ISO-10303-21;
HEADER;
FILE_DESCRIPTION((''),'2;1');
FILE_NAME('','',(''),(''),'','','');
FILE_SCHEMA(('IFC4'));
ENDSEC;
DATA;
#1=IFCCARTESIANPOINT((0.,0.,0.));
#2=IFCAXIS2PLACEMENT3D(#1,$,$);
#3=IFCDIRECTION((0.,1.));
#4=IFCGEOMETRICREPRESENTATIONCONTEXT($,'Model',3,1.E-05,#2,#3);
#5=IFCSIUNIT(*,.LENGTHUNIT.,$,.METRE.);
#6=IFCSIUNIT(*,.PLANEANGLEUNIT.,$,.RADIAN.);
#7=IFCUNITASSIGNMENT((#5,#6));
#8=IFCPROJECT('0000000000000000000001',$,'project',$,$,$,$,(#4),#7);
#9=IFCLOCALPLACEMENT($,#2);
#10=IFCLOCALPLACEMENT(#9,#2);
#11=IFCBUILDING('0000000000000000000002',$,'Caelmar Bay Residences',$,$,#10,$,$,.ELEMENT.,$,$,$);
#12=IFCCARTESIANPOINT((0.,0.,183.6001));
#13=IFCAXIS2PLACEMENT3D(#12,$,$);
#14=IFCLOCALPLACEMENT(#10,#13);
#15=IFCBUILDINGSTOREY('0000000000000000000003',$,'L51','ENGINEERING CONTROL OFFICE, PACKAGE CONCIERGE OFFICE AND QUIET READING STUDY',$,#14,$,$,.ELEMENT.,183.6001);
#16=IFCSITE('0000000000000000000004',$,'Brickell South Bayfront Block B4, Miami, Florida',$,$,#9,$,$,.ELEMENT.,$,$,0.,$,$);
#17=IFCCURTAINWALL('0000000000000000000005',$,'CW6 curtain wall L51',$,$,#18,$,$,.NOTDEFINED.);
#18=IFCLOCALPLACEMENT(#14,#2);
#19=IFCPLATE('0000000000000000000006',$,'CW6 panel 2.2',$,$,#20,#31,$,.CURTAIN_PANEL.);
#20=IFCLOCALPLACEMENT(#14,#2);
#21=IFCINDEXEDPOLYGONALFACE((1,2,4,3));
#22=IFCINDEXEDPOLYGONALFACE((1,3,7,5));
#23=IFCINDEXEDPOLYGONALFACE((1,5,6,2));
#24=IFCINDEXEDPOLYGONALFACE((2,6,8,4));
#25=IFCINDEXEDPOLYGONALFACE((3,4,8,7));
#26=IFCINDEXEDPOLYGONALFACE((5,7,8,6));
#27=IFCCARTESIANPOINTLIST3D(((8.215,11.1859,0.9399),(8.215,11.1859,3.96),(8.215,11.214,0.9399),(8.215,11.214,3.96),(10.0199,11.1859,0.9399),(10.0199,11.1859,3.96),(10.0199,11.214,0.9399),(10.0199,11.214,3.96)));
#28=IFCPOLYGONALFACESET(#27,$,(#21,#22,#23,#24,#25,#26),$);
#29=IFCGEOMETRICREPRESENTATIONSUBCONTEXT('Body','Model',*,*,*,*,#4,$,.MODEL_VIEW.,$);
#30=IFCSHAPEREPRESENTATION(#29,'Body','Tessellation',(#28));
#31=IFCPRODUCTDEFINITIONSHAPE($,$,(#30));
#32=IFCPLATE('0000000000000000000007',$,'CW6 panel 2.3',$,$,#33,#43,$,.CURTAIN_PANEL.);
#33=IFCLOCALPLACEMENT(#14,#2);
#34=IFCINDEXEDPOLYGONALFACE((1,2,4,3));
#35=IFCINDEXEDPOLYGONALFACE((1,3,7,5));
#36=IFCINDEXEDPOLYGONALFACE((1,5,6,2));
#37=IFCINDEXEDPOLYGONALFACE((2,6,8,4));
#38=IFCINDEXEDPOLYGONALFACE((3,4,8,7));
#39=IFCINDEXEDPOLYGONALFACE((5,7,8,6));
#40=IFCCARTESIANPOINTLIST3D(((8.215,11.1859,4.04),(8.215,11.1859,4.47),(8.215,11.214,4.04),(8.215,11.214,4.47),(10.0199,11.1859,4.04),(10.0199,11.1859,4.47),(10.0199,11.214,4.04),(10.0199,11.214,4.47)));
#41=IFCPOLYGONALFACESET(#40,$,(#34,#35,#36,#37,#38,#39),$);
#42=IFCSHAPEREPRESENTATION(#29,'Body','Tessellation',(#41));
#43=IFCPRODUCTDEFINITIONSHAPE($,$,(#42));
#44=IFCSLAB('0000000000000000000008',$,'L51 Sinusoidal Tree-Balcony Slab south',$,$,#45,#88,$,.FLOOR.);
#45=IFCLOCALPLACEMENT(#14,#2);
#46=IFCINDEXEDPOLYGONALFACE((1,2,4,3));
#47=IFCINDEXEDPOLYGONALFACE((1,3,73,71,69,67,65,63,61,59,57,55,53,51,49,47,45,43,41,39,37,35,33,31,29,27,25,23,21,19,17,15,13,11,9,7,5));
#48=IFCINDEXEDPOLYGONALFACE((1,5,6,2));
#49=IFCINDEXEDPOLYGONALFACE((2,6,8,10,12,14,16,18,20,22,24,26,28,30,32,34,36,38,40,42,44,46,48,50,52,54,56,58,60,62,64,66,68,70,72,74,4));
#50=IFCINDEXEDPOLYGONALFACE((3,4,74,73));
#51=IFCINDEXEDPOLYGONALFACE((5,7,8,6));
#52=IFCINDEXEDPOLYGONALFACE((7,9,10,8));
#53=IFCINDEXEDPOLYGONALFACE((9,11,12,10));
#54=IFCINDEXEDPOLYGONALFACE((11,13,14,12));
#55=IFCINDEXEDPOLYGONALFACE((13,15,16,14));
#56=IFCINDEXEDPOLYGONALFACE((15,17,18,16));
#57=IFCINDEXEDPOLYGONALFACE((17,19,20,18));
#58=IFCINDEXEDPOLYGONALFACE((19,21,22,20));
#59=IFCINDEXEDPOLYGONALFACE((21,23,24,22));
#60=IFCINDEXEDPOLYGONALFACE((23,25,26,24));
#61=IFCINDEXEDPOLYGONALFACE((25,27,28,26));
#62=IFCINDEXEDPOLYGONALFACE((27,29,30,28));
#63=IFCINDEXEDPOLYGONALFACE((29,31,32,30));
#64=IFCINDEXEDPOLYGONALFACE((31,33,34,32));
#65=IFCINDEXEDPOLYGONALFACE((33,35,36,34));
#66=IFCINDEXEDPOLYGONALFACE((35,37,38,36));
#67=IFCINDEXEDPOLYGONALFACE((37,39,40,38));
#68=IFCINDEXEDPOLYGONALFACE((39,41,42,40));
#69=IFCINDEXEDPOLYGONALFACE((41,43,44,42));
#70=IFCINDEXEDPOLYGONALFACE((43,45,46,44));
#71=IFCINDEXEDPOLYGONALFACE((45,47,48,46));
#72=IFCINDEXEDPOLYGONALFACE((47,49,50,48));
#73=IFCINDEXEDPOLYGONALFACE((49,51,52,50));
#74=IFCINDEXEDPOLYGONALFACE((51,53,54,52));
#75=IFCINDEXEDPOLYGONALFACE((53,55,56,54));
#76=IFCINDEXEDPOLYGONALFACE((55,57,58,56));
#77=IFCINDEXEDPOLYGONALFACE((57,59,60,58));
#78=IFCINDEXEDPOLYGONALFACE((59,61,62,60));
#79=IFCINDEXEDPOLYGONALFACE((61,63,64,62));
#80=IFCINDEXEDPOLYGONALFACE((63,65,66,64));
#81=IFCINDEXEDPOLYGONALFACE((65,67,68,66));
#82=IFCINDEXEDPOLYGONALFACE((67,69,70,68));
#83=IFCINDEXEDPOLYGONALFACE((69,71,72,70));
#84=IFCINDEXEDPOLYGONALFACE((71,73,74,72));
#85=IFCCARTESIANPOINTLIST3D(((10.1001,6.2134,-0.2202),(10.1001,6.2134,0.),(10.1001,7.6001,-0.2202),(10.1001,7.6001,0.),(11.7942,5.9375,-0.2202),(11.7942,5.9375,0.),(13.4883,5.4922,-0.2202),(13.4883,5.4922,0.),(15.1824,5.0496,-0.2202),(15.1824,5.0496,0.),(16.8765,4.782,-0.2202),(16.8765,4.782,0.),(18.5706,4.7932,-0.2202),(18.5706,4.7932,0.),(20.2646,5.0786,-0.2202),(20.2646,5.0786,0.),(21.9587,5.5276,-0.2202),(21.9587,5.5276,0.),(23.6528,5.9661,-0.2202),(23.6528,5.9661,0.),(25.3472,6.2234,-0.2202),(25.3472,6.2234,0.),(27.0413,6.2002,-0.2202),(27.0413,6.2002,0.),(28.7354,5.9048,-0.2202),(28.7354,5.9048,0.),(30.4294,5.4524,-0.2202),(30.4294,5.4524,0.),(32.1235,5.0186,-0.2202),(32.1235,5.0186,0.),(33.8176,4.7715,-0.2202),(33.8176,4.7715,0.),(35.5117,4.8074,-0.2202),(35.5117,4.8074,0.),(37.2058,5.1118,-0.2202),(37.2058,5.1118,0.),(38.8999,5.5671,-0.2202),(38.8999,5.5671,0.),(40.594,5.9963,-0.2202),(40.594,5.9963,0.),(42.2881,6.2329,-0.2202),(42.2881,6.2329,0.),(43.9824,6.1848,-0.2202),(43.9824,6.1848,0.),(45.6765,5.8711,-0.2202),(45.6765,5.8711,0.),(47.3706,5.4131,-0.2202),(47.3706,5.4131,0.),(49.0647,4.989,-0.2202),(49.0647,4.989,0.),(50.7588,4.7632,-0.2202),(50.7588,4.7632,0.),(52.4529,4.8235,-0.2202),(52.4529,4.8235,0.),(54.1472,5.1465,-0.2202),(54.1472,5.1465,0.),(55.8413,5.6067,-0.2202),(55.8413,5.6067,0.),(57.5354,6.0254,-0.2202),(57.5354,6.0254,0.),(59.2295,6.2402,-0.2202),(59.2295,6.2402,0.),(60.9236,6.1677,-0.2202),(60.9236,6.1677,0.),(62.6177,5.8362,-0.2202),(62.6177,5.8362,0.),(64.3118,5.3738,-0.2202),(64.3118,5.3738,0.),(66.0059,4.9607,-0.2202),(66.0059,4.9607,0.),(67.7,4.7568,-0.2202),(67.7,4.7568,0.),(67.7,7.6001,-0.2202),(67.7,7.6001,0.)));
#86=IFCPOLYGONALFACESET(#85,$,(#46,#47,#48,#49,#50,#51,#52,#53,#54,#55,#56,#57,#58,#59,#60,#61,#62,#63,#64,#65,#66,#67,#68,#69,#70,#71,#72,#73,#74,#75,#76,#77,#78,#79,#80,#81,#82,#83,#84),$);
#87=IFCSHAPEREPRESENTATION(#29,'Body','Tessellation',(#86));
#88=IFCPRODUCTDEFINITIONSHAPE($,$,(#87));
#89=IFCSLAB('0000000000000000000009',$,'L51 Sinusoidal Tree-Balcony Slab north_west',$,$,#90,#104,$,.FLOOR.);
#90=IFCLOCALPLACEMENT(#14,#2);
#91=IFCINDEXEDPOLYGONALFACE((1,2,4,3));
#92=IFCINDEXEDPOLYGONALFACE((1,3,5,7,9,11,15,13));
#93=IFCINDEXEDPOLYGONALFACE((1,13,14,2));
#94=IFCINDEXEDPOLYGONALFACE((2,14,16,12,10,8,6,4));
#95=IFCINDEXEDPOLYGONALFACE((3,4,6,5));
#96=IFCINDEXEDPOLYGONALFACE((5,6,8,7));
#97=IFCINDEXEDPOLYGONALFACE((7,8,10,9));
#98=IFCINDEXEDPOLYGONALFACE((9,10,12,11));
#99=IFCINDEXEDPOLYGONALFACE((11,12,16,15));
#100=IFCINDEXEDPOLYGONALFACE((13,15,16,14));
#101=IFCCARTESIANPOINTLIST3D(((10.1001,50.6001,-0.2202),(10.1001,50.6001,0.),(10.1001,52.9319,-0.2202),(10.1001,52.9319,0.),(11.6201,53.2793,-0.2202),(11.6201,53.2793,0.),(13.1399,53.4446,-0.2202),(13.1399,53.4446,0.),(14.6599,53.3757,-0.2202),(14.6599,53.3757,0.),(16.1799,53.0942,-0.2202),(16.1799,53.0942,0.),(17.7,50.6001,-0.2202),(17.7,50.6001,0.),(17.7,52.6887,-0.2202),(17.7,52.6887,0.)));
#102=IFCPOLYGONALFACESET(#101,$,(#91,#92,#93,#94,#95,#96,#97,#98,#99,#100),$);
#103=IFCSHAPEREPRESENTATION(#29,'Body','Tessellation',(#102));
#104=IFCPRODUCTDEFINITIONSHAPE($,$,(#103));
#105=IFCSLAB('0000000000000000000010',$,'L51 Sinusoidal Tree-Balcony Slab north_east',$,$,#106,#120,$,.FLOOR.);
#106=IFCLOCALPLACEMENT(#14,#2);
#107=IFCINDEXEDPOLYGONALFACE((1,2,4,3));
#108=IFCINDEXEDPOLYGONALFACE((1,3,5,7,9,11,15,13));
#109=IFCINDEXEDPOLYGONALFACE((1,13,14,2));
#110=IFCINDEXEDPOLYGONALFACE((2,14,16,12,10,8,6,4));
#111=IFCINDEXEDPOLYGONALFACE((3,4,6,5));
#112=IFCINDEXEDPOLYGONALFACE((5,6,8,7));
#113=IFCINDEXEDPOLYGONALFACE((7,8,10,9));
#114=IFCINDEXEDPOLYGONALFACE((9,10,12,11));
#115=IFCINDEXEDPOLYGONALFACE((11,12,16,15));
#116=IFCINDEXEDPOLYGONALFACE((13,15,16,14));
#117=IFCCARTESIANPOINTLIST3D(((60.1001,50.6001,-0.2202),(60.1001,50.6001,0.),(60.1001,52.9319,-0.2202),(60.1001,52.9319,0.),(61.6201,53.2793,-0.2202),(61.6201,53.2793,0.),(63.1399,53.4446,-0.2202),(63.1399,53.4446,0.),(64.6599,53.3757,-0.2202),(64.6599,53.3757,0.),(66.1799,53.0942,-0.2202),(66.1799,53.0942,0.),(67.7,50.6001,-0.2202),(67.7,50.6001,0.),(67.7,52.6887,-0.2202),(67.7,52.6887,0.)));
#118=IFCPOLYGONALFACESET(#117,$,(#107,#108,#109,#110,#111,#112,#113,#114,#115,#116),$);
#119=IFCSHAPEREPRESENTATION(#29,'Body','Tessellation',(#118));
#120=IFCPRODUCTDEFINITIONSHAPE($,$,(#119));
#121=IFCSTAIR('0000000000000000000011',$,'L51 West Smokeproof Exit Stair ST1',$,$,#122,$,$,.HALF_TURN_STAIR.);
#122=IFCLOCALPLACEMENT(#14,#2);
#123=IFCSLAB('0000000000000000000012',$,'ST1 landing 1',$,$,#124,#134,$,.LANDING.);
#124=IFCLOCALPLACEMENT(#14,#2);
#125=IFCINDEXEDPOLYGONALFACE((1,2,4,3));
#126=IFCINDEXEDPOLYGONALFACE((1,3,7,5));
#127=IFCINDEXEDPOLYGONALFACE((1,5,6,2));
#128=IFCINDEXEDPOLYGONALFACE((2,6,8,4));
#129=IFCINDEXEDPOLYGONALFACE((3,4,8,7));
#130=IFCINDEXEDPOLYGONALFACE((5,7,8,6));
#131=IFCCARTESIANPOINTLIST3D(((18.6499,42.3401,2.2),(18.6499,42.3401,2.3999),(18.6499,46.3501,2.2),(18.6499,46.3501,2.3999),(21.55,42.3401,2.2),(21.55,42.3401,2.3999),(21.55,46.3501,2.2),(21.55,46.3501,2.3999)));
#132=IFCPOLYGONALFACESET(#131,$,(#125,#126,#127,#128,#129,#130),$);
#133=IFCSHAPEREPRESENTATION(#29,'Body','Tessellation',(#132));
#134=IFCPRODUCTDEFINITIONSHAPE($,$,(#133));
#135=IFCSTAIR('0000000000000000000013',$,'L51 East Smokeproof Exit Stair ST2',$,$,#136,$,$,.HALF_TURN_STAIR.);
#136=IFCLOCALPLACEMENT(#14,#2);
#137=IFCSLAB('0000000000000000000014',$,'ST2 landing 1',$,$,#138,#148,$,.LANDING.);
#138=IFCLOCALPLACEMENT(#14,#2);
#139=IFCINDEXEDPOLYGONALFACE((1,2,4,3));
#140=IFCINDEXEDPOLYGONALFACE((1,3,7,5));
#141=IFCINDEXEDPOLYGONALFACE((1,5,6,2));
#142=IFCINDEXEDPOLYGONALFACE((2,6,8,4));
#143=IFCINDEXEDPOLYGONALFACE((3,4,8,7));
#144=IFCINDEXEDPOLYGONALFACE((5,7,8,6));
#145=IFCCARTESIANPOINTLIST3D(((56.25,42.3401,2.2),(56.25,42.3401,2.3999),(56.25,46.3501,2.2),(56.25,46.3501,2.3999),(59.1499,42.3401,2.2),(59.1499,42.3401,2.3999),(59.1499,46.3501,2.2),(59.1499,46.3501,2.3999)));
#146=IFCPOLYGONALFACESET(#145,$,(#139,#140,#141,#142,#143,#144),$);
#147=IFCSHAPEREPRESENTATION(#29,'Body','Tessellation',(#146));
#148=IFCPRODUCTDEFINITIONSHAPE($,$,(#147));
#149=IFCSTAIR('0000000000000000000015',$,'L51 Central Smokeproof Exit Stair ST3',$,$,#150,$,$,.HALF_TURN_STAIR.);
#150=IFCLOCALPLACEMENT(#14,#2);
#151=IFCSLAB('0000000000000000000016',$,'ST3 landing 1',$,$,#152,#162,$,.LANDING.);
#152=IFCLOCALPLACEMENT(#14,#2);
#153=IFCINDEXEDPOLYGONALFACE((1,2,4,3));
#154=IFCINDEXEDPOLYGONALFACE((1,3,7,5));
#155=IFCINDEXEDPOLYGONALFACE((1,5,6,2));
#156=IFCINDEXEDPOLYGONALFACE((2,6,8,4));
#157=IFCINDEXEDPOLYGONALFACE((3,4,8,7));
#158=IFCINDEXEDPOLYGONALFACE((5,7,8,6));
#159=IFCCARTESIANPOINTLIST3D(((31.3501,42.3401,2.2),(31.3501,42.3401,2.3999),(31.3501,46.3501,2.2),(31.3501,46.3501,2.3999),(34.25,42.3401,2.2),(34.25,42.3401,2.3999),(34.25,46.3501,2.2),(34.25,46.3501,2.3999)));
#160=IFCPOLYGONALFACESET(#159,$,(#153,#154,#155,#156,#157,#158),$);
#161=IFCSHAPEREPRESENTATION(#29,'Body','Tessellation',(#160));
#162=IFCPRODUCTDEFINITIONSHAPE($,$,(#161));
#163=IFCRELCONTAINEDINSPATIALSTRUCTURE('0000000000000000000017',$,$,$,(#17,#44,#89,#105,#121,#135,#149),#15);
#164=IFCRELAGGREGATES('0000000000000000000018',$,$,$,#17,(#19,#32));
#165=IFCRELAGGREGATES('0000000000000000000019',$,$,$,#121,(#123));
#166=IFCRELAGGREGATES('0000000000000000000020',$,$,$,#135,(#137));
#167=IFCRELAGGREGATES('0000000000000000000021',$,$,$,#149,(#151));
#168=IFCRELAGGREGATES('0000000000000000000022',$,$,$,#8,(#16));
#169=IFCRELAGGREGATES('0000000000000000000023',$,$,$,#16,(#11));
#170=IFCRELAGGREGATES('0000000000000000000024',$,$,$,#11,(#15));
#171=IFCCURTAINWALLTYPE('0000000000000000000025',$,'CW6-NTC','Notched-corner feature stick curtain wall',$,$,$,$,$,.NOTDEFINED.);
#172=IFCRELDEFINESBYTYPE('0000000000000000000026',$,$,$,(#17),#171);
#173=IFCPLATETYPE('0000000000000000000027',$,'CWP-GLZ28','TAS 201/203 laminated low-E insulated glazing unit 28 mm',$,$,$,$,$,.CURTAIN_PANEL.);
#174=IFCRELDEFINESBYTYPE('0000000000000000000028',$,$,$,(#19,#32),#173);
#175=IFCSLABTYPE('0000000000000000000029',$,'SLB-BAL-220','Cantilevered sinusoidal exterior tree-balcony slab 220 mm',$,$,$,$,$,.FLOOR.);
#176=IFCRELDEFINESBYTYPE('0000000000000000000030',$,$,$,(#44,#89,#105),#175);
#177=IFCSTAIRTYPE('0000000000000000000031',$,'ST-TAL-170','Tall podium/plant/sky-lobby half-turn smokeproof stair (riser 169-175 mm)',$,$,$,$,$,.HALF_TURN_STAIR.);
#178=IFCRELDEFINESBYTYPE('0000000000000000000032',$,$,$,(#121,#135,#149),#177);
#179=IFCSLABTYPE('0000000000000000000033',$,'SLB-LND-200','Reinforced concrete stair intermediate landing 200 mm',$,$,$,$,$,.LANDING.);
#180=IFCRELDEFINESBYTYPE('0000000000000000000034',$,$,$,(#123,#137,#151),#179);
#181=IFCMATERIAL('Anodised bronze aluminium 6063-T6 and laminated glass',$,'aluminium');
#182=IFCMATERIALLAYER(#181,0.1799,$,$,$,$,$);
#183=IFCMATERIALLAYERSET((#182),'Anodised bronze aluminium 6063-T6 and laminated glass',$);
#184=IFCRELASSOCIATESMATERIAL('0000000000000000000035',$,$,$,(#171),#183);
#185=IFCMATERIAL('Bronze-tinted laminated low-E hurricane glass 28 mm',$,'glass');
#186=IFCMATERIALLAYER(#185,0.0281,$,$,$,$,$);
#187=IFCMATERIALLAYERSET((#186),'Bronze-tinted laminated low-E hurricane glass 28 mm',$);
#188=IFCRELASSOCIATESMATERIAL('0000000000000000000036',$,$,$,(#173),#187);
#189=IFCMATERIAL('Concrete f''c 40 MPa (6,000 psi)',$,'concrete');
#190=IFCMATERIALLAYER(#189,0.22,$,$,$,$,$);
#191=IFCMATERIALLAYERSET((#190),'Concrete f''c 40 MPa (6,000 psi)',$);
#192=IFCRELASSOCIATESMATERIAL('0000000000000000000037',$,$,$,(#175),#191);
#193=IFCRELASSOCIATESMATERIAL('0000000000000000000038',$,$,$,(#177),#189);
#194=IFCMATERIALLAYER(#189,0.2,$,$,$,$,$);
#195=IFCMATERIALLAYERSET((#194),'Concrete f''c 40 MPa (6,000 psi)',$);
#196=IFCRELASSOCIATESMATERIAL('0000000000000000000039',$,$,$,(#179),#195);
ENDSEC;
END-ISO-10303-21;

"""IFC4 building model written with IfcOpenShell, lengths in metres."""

from ifc_helpers import new_model, si_unit, direction, frame, origin, origin_2d, place, context, subcontext, project, spatial, polyline, rectangle, outline, extrude, material, layer, layer_set, type_object, element, aggregate, save


model = new_model("IFC4")

# Units and contexts
model_context = context("Model", 3, precision=1e-05, world=origin(), true_north=direction((0.0, 1.0)))
body_context = subcontext(model_context, "Body", "Model", "MODEL_VIEW")
ifc_project = project(units=[si_unit("LENGTHUNIT", "METRE"), si_unit("PLANEANGLEUNIT", "RADIAN")], contexts=[model_context])

# Site, building, storey
site_placement = place(None, origin())
site = spatial("IfcSite", under=ifc_project, at=site_placement, Name="Brickell South Bayfront Block B4, Miami, Florida", CompositionType="ELEMENT", RefElevation=0.0)
building_placement = place(site_placement, origin())
building = spatial("IfcBuilding", under=site, at=building_placement, Name="Caelmar Bay Residences", CompositionType="ELEMENT")
storey_placement = place(building_placement, frame((0.0, 0.0, 183.6001)))
storey = spatial("IfcBuildingStorey", under=building, at=storey_placement, Name="L51", Description="ENGINEERING CONTROL OFFICE, PACKAGE CONCIERGE OFFICE AND QUIET READING STUDY", CompositionType="ELEMENT", Elevation=183.6001)

# Curtain wall, plates
ifc_material_1 = material(Name="Anodised bronze aluminium 6063-T6 and laminated glass", Category="aluminium")
ifc_layer_1 = layer(ifc_material_1, 0.1799)
ifc_layer_set_1 = layer_set([ifc_layer_1], Name="Anodised bronze aluminium 6063-T6 and laminated glass")
curtain_wall_type = type_object("IfcCurtainWallType", Name="CW6-NTC", Description="Notched-corner feature stick curtain wall", PredefinedType="NOTDEFINED", material=ifc_layer_set_1)
curtain_wall_placement = place(storey_placement, origin())
curtain_wall = element("IfcCurtainWall", 1, at=curtain_wall_placement, inside=storey, type_object=curtain_wall_type, Name="CW6 curtain wall L51", PredefinedType="NOTDEFINED")
ifc_material_2 = material(Name="Bronze-tinted laminated low-E hurricane glass 28 mm", Category="glass")
ifc_layer_2 = layer(ifc_material_2, 0.0281)
ifc_layer_set_2 = layer_set([ifc_layer_2], Name="Bronze-tinted laminated low-E hurricane glass 28 mm")
plate_type = type_object("IfcPlateType", Name="CWP-GLZ28", Description="TAS 201/203 laminated low-E insulated glazing unit 28 mm", PredefinedType="CURTAIN_PANEL", material=ifc_layer_set_2)
plate_1_placement = place(storey_placement, frame((9.1174, 11.2, 0.9399), z_axis=(0.0, 0.0, 1.0), x_axis=(1.0, 0.0, 0.0)))
plate_1 = element("IfcPlate", 2, at=plate_1_placement, type_object=plate_type, Name="CW6 panel 2.2", PredefinedType="CURTAIN_PANEL", context=body_context, shape_type="SweptSolid", body=[
    extrude(rectangle(XDim=1.8049, YDim=0.0281, at=origin_2d()), origin(), (0.0, 0.0, 1.0), 3.02),
])
plate_2_placement = place(storey_placement, frame((9.1174, 11.2, 4.04), z_axis=(0.0, 0.0, 1.0), x_axis=(1.0, 0.0, 0.0)))
plate_2 = element("IfcPlate", 3, at=plate_2_placement, type_object=plate_type, Name="CW6 panel 2.3", PredefinedType="CURTAIN_PANEL", context=body_context, shape_type="SweptSolid", body=[
    extrude(rectangle(XDim=1.8049, YDim=0.0281, at=origin_2d()), origin(), (0.0, 0.0, 1.0), 0.4299),
])
aggregate(curtain_wall, [plate_1, plate_2])

# Slabs
ifc_material_3 = material(Name="Concrete f'c 40 MPa (6,000 psi)", Category="concrete")
ifc_layer_3 = layer(ifc_material_3, 0.22)
ifc_layer_set_3 = layer_set([ifc_layer_3], Name="Concrete f'c 40 MPa (6,000 psi)")
slab_type_1 = type_object("IfcSlabType", Name="SLB-BAL-220", Description="Cantilevered sinusoidal exterior tree-balcony slab 220 mm", PredefinedType="FLOOR", material=ifc_layer_set_3)
slab_1_placement = place(storey_placement, frame((0.0, 0.0, -0.2202)))
element("IfcSlab", 4, at=slab_1_placement, inside=storey, type_object=slab_type_1, Name="L51 Sinusoidal Tree-Balcony Slab south", PredefinedType="FLOOR", context=body_context, shape_type="SweptSolid", body=[
    extrude(outline(polyline([(10.1001, 6.2134), (11.7942, 5.9375), (13.4883, 5.4922), (15.1824, 5.0496), (16.8765, 4.782), (18.5706, 4.7932), (20.2646, 5.0786), (21.9587, 5.5276), (23.6528, 5.9661), (25.3472, 6.2234), (27.0413, 6.2002), (28.7354, 5.9048), (30.4294, 5.4524), (32.1235, 5.0186), (33.8176, 4.7715), (35.5117, 4.8074), (37.2058, 5.1118), (38.8999, 5.5671), (40.594, 5.9963), (42.2881, 6.2329), (43.9824, 6.1848), (45.6765, 5.8711), (47.3706, 5.4131), (49.0647, 4.989), (50.7588, 4.7632), (52.4529, 4.8235), (54.1472, 5.1465), (55.8413, 5.6067), (57.5354, 6.0254), (59.2295, 6.2402), (60.9236, 6.1677), (62.6177, 5.8362), (64.3118, 5.3738), (66.0059, 4.9607), (67.7, 4.7568), (67.7, 7.6001), (10.1001, 7.6001), (10.1001, 6.2134)])), origin(), (0.0, 0.0, 1.0), 0.2202),
])
slab_2_placement = place(storey_placement, frame((0.0, 0.0, -0.2202)))
element("IfcSlab", 5, at=slab_2_placement, inside=storey, type_object=slab_type_1, Name="L51 Sinusoidal Tree-Balcony Slab north_west", PredefinedType="FLOOR", context=body_context, shape_type="SweptSolid", body=[
    extrude(outline(polyline([(10.1001, 50.6001), (17.7, 50.6001), (17.7, 52.6887), (16.1799, 53.0942), (14.6599, 53.3757), (13.1399, 53.4446), (11.6201, 53.2793), (10.1001, 52.9319), (10.1001, 50.6001)])), origin(), (0.0, 0.0, 1.0), 0.2202),
])
slab_3_placement = place(storey_placement, frame((0.0, 0.0, -0.2202)))
element("IfcSlab", 6, at=slab_3_placement, inside=storey, type_object=slab_type_1, Name="L51 Sinusoidal Tree-Balcony Slab north_east", PredefinedType="FLOOR", context=body_context, shape_type="SweptSolid", body=[
    extrude(outline(polyline([(60.1001, 50.6001), (67.7, 50.6001), (67.7, 52.6887), (66.1799, 53.0942), (64.6599, 53.3757), (63.1399, 53.4446), (61.6201, 53.2793), (60.1001, 52.9319), (60.1001, 50.6001)])), origin(), (0.0, 0.0, 1.0), 0.2202),
])

# Stairs, slabs
stair_type = type_object("IfcStairType", Name="ST-TAL-170", Description="Tall podium/plant/sky-lobby half-turn smokeproof stair (riser 169-175 mm)", PredefinedType="HALF_TURN_STAIR", material=ifc_material_3)
stair_1_placement = place(storey_placement, origin())
stair_1 = element("IfcStair", 7, at=stair_1_placement, inside=storey, type_object=stair_type, Name="L51 West Smokeproof Exit Stair ST1", PredefinedType="HALF_TURN_STAIR")
ifc_layer_4 = layer(ifc_material_3, 0.2)
ifc_layer_set_4 = layer_set([ifc_layer_4], Name="Concrete f'c 40 MPa (6,000 psi)")
slab_type_2 = type_object("IfcSlabType", Name="SLB-LND-200", Description="Reinforced concrete stair intermediate landing 200 mm", PredefinedType="LANDING", material=ifc_layer_set_4)
slab_4_placement = place(storey_placement, frame((0.0, 0.0, 2.2)))
slab_4 = element("IfcSlab", 8, at=slab_4_placement, type_object=slab_type_2, Name="ST1 landing 1", PredefinedType="LANDING", context=body_context, shape_type="SweptSolid", body=[
    extrude(outline(polyline([(21.55, 42.3401), (21.55, 46.3501), (18.6499, 46.3501), (18.6499, 42.3401), (21.55, 42.3401)])), origin(), (0.0, 0.0, 1.0), 0.2),
])
aggregate(stair_1, [slab_4])
stair_2_placement = place(storey_placement, origin())
stair_2 = element("IfcStair", 9, at=stair_2_placement, inside=storey, type_object=stair_type, Name="L51 East Smokeproof Exit Stair ST2", PredefinedType="HALF_TURN_STAIR")
slab_5_placement = place(storey_placement, frame((0.0, 0.0, 2.2)))
slab_5 = element("IfcSlab", 10, at=slab_5_placement, type_object=slab_type_2, Name="ST2 landing 1", PredefinedType="LANDING", context=body_context, shape_type="SweptSolid", body=[
    extrude(outline(polyline([(59.1499, 42.3401), (59.1499, 46.3501), (56.25, 46.3501), (56.25, 42.3401), (59.1499, 42.3401)])), origin(), (0.0, 0.0, 1.0), 0.2),
])
aggregate(stair_2, [slab_5])
stair_3_placement = place(storey_placement, origin())
stair_3 = element("IfcStair", 11, at=stair_3_placement, inside=storey, type_object=stair_type, Name="L51 Central Smokeproof Exit Stair ST3", PredefinedType="HALF_TURN_STAIR")
slab_6_placement = place(storey_placement, frame((0.0, 0.0, 2.2)))
slab_6 = element("IfcSlab", 12, at=slab_6_placement, type_object=slab_type_2, Name="ST3 landing 1", PredefinedType="LANDING", context=body_context, shape_type="SweptSolid", body=[
    extrude(outline(polyline([(34.25, 42.3401), (34.25, 46.3501), (31.3501, 46.3501), (31.3501, 42.3401), (34.25, 42.3401)])), origin(), (0.0, 0.0, 1.0), 0.2),
])
aggregate(stair_3, [slab_6])

save(model, "model.ifc")
